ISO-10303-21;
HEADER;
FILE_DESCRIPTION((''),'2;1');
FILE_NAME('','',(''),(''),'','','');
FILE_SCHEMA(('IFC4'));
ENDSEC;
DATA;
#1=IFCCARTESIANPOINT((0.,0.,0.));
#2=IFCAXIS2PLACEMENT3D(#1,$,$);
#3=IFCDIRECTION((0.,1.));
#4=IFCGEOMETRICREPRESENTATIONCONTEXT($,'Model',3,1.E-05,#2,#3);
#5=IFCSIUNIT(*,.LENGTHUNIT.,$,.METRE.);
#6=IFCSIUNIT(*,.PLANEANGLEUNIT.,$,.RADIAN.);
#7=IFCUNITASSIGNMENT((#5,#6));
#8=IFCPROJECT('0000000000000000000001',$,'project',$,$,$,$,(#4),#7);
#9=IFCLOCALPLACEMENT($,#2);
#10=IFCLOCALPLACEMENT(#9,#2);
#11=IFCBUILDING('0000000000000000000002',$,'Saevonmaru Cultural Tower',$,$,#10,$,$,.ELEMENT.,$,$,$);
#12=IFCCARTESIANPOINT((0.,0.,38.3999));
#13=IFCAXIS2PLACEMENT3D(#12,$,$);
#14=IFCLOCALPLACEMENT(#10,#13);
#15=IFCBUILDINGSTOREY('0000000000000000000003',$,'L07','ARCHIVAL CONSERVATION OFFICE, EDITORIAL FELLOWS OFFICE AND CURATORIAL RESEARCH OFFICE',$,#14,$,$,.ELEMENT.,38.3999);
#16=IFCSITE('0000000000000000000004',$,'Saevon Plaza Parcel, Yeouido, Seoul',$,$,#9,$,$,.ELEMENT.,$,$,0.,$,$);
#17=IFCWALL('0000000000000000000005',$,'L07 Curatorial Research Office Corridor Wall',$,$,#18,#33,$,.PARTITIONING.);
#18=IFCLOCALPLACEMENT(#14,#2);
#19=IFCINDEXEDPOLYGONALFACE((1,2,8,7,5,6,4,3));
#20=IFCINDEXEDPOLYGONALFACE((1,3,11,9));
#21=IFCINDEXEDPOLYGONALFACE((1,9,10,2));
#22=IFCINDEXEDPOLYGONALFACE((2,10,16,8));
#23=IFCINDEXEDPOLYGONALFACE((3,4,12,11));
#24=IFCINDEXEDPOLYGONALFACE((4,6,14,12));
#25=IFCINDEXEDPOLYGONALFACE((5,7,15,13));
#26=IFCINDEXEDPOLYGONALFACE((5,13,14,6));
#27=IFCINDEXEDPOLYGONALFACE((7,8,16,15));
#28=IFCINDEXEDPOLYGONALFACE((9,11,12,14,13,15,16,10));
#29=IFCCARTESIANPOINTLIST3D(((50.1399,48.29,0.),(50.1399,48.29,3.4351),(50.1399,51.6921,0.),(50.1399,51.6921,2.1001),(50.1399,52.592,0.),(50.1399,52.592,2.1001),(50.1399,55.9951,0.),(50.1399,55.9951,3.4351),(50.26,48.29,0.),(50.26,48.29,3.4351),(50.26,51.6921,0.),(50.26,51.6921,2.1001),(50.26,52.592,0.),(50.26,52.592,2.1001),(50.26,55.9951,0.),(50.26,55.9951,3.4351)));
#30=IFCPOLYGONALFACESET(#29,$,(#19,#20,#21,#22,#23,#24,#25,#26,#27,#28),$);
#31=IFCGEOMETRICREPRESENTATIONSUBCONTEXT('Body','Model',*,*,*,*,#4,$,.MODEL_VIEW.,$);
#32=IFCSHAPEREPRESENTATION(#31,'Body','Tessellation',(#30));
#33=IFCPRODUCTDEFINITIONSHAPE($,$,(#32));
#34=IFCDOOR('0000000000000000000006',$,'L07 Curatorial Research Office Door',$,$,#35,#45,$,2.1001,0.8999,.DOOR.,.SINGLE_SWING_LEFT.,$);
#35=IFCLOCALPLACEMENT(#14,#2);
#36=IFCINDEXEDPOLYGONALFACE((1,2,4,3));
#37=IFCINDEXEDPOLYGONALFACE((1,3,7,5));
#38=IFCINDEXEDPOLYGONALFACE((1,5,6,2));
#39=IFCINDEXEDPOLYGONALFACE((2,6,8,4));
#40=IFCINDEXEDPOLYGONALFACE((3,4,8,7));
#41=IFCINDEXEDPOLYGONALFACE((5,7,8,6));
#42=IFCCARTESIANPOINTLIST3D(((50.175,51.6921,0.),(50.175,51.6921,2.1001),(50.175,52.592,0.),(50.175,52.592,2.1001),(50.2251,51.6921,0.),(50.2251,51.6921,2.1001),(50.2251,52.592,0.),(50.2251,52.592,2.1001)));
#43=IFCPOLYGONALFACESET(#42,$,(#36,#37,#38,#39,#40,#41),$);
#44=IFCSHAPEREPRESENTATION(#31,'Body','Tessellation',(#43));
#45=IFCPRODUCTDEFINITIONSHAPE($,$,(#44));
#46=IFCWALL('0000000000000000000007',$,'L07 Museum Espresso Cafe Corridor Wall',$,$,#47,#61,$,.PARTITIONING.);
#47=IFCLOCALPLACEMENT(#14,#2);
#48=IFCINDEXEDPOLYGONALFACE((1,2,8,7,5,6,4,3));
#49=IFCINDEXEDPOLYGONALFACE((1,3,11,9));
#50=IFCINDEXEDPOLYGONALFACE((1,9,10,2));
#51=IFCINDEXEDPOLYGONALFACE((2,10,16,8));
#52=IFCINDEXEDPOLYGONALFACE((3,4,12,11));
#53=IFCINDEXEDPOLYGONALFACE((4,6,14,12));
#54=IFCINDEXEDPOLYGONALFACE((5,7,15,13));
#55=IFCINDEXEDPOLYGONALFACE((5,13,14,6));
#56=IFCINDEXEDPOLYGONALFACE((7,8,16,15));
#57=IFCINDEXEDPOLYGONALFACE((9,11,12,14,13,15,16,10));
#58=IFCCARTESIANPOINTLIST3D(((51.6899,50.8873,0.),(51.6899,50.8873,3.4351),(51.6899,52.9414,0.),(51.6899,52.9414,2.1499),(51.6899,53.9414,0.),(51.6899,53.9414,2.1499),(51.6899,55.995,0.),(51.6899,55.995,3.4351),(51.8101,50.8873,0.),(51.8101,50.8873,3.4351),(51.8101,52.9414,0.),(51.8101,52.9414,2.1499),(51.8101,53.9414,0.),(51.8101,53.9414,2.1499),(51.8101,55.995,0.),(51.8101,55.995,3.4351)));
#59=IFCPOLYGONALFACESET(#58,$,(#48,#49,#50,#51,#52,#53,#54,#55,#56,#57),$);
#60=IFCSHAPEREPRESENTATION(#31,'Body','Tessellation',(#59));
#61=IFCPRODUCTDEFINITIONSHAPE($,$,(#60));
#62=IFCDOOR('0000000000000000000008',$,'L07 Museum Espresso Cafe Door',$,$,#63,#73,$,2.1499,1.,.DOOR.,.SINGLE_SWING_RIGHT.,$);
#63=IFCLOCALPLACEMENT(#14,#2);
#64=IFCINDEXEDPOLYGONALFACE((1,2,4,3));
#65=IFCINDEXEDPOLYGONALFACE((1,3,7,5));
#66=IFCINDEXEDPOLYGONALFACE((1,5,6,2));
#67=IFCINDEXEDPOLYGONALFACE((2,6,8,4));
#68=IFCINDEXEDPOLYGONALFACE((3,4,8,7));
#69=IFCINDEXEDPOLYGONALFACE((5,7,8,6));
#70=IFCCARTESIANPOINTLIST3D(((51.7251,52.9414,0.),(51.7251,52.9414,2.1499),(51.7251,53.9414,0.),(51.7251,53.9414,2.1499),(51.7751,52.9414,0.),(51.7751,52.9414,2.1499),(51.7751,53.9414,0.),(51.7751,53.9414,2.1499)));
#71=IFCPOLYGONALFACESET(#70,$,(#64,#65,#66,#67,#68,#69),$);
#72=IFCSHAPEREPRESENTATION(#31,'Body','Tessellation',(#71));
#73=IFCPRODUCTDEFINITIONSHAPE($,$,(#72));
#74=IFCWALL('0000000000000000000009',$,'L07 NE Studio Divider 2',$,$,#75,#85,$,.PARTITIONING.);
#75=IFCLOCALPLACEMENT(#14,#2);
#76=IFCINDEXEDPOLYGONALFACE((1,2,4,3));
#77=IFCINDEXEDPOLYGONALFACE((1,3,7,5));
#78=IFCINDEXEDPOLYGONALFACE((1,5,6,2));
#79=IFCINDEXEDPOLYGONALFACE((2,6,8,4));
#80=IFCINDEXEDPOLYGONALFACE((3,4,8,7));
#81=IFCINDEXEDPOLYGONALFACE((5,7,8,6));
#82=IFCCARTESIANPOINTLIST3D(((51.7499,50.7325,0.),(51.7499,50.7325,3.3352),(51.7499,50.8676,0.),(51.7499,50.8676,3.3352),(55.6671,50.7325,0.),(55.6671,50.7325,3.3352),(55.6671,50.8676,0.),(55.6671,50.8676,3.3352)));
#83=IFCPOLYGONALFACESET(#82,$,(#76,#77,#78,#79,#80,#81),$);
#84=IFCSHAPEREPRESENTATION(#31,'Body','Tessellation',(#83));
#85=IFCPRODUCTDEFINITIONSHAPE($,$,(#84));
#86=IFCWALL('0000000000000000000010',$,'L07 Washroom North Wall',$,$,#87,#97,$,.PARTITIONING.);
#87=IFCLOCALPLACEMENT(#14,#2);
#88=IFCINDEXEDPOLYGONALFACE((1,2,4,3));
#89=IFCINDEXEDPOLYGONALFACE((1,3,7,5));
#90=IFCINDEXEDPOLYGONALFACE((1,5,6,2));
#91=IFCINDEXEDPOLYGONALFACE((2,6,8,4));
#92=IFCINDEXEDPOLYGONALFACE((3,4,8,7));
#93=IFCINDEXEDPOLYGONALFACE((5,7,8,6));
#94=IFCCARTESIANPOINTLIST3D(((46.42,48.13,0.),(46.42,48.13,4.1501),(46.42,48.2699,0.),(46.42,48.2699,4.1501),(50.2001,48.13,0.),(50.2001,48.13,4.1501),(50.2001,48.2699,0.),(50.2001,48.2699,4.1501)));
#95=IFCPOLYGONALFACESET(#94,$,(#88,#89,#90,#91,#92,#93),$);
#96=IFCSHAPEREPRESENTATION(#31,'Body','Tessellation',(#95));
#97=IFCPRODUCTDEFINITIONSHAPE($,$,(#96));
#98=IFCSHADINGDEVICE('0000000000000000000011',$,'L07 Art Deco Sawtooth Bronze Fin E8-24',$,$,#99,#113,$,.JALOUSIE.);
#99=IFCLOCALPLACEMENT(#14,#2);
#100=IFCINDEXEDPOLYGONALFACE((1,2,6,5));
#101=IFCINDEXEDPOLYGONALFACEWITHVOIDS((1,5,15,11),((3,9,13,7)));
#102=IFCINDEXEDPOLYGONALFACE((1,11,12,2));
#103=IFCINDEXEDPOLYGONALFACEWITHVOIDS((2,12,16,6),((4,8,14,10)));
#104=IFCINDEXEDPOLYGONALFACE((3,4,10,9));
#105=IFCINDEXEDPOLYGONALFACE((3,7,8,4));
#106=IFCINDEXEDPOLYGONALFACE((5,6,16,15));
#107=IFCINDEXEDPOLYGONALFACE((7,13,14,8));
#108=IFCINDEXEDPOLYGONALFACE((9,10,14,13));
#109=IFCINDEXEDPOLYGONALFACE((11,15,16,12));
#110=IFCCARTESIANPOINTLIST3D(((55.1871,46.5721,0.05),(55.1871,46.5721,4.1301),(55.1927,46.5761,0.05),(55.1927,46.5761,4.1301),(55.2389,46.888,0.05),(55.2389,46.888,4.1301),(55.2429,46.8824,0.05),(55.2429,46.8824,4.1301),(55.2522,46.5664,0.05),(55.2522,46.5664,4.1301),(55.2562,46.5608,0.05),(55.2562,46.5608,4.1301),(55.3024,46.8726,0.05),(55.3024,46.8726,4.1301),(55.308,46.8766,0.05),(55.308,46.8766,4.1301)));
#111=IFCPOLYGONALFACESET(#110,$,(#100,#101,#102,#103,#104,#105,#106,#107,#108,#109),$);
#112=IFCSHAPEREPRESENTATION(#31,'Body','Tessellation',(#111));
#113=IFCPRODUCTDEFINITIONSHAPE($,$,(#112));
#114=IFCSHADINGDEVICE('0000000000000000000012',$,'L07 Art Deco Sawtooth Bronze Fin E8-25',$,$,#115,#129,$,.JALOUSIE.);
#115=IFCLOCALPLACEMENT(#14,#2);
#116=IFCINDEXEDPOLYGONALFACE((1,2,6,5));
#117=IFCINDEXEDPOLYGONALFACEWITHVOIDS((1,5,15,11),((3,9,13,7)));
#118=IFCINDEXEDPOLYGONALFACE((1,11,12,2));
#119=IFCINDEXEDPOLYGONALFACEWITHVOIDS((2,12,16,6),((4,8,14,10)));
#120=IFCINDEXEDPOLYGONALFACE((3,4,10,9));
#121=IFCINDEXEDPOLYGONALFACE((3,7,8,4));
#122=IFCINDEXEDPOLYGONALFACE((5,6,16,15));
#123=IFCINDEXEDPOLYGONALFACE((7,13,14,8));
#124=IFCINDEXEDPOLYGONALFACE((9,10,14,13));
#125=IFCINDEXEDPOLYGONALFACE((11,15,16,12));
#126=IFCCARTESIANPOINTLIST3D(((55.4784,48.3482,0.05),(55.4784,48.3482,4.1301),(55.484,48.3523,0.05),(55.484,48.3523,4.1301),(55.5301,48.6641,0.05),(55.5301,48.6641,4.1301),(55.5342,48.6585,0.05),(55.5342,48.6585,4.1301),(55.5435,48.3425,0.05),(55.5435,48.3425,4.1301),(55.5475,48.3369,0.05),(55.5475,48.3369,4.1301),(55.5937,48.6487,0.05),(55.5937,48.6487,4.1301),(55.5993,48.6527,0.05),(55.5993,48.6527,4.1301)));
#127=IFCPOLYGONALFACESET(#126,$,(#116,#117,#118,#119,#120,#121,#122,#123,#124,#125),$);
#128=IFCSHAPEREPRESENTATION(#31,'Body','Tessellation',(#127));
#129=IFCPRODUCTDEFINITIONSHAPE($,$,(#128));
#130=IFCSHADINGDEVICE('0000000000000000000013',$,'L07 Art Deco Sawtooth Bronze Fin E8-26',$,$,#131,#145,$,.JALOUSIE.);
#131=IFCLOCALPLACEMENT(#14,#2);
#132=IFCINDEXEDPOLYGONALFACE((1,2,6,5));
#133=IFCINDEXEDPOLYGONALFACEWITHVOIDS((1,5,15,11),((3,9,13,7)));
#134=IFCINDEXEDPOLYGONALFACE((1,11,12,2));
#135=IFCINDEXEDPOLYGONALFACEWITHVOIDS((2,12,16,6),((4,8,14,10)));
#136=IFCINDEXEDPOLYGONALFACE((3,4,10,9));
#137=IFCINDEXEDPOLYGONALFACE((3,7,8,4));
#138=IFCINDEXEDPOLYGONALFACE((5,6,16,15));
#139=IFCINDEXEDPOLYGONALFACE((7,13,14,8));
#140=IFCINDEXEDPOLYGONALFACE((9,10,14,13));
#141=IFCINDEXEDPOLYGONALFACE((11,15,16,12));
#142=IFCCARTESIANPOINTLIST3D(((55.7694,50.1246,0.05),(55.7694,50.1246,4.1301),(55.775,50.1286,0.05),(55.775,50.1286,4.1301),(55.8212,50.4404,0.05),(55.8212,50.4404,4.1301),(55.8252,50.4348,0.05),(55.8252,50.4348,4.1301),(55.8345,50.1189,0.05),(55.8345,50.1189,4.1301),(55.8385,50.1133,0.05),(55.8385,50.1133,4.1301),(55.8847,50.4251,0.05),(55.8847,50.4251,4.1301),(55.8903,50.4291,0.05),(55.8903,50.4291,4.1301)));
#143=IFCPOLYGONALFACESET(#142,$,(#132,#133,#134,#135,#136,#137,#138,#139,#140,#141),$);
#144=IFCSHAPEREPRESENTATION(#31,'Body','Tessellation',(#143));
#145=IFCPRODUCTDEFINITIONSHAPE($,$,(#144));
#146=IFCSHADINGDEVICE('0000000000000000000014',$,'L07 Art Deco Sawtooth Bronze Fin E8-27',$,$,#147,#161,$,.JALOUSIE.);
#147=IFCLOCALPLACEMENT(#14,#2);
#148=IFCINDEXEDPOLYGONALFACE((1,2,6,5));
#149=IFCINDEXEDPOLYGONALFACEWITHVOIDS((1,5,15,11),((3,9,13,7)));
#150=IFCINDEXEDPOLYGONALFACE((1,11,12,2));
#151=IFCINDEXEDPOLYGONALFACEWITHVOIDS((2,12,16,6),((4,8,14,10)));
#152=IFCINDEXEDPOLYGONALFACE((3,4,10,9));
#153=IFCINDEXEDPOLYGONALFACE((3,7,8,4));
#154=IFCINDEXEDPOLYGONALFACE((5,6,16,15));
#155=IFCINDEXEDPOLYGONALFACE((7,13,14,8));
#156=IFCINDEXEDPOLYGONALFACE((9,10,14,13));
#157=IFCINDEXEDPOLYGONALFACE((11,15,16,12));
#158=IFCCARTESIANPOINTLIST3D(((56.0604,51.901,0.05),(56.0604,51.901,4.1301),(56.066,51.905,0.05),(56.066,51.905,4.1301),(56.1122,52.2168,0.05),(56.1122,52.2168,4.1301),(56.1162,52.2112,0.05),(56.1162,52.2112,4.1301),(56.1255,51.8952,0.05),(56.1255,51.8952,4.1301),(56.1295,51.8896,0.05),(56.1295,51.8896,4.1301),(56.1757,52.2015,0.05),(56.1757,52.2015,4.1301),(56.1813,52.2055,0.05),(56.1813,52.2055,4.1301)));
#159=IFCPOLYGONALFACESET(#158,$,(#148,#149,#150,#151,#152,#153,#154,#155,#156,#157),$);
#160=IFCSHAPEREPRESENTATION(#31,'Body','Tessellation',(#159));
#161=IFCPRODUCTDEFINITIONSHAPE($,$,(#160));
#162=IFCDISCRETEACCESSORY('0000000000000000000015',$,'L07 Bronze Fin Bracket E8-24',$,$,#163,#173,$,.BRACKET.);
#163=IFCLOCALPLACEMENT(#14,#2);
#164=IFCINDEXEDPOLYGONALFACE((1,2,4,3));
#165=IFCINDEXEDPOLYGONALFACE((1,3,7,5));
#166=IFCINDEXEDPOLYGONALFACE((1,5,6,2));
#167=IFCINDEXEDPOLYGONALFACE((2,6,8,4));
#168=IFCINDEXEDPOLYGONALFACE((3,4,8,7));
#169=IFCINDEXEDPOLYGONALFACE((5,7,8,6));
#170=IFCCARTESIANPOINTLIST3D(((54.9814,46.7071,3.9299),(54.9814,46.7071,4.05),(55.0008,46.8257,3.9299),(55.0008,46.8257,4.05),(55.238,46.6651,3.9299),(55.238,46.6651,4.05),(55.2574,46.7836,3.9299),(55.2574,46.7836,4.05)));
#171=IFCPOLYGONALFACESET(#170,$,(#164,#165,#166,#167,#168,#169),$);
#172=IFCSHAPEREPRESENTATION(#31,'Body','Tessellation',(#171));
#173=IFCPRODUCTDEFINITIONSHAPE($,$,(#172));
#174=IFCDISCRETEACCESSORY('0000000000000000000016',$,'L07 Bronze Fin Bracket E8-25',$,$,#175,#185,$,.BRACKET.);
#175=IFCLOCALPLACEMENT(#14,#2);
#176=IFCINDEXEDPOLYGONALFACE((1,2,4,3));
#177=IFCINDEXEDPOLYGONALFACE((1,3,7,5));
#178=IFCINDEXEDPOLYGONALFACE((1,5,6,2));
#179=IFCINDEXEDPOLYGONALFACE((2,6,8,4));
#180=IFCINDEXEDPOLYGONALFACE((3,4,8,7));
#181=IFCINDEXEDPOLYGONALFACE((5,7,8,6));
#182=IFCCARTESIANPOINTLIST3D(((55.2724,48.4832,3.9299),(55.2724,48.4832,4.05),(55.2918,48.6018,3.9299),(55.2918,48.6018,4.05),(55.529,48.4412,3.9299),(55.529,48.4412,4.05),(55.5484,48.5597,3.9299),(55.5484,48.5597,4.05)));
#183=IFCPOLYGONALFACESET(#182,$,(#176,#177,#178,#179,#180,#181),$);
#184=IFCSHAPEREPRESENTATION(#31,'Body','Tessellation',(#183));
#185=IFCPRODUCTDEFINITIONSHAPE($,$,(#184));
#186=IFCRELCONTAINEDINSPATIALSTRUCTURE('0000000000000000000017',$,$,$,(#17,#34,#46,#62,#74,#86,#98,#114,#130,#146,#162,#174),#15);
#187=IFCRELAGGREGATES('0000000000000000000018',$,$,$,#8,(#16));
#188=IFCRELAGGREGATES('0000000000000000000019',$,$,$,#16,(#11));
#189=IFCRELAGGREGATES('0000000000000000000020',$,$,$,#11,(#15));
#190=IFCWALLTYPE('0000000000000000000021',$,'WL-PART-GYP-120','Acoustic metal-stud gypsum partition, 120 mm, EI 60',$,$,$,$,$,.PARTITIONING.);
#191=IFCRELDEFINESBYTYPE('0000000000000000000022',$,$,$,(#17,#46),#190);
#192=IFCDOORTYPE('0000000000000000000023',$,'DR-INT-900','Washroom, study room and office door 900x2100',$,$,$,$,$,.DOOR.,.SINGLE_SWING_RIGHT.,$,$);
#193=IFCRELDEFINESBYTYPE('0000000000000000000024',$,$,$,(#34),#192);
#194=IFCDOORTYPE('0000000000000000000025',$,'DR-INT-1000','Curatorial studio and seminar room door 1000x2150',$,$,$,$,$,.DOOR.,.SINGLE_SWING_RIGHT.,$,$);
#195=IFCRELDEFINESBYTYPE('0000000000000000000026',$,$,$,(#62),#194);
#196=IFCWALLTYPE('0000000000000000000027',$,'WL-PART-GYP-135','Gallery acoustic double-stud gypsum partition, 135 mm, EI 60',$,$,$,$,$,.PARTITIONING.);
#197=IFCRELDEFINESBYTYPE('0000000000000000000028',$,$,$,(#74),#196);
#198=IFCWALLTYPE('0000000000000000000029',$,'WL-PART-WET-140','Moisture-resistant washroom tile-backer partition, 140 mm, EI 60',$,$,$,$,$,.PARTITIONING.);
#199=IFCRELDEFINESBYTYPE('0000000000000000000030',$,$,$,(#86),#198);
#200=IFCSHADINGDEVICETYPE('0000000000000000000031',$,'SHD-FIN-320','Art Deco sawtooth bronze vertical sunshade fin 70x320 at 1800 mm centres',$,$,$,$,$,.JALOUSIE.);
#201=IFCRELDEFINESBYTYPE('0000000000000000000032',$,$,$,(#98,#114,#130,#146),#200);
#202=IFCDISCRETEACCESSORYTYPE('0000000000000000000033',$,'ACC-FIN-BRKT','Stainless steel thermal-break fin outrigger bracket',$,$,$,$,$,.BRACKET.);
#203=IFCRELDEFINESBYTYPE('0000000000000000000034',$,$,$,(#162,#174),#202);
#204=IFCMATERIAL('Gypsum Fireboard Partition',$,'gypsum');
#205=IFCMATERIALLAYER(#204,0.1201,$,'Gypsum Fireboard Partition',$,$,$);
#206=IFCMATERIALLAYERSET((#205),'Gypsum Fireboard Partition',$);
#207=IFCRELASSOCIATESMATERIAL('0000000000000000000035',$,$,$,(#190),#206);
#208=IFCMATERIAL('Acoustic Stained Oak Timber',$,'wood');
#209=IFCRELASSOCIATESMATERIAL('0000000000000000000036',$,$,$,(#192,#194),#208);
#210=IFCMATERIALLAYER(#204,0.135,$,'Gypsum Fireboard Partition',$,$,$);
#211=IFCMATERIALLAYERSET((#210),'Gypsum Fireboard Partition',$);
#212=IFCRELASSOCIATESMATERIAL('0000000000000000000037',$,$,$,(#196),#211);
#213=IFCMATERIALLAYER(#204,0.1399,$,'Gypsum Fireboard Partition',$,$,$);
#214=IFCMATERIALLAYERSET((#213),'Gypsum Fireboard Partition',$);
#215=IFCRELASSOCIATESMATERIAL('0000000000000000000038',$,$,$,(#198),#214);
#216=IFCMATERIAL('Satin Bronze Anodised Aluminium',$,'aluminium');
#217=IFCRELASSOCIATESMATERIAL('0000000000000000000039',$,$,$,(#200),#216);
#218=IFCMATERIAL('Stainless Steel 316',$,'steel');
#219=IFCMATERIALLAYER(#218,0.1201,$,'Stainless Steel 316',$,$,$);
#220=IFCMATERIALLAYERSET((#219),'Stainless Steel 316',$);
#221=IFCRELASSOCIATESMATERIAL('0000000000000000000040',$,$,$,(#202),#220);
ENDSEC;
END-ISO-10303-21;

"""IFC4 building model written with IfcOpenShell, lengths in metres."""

from ifc_helpers import new_model, si_unit, direction, frame, frame_2d, origin, origin_2d, place, context, subcontext, project, spatial, rectangle, hollow_rectangle, extrude, material, layer, layer_set, material_profile, profile_set, type_object, element, fill, save


model = new_model("IFC4")

# Units and contexts
model_context = context("Model", 3, precision=1e-05, world=origin(), true_north=direction((0.0, 1.0)))
body_context = subcontext(model_context, "Body", "Model", "MODEL_VIEW")
ifc_project = project(units=[si_unit("LENGTHUNIT", "METRE"), si_unit("PLANEANGLEUNIT", "RADIAN")], contexts=[model_context])

# Site, building, storey
site_placement = place(None, origin())
site = spatial("IfcSite", under=ifc_project, at=site_placement, Name="Saevon Plaza Parcel, Yeouido, Seoul", CompositionType="ELEMENT", RefElevation=0.0)
building_placement = place(site_placement, origin())
building = spatial("IfcBuilding", under=site, at=building_placement, Name="Saevonmaru Cultural Tower", CompositionType="ELEMENT")
storey_placement = place(building_placement, frame((0.0, 0.0, 38.3999)))
storey = spatial("IfcBuildingStorey", under=building, at=storey_placement, Name="L07", Description="ARCHIVAL CONSERVATION OFFICE, EDITORIAL FELLOWS OFFICE AND CURATORIAL RESEARCH OFFICE", CompositionType="ELEMENT", Elevation=38.3999)

# Shared definitions
ifc_material_1 = material(Name="Satin Bronze Anodised Aluminium", Category="aluminium")

# Walls, openings, doors
ifc_material_2 = material(Name="Gypsum Fireboard Partition", Category="gypsum")
ifc_layer_1 = layer(ifc_material_2, 0.1201, Name="Gypsum Fireboard Partition")
ifc_layer_set_1 = layer_set([ifc_layer_1], Name="Gypsum Fireboard Partition")
wall_type_1 = type_object("IfcWallType", Name="WL-PART-GYP-120", Description="Acoustic metal-stud gypsum partition, 120 mm, EI 60", PredefinedType="PARTITIONING", material=ifc_layer_set_1)
wall_1_placement = place(storey_placement, frame((50.2, 48.29, 0.0), z_axis=(0.0, 0.0, 1.0), x_axis=(0.0, 1.0, 0.0)))
wall_1 = element("IfcWall", 1, at=wall_1_placement, inside=storey, type_object=wall_type_1, Name="L07 Curatorial Research Office Corridor Wall", PredefinedType="PARTITIONING", context=body_context, shape_type="SweptSolid", body=[
    extrude(rectangle(XDim=7.7051, YDim=0.1201, at=frame_2d((3.8525, 0.0))), origin(), (0.0, 0.0, 1.0), 3.4351),
])
opening_1_placement = place(wall_1_placement, frame((3.4021, 0.0, 0.0)))
opening_1 = element("IfcOpeningElement", 2, at=opening_1_placement, cuts=wall_1, PredefinedType="OPENING", context=body_context, shape_type="SweptSolid", body=[
    extrude(rectangle(XDim=0.8999, YDim=2.1001, at=frame_2d((0.45, 1.05))), frame((0.0, 0.0701, 0.0), z_axis=(0.0, -1.0, 0.0), x_axis=(1.0, 0.0, 0.0)), (0.0, 0.0, 1.0), 0.1401),
])
ifc_material_3 = material(Name="Acoustic Stained Oak Timber", Category="wood")
door_type_1 = type_object("IfcDoorType", Name="DR-INT-900", Description="Washroom, study room and office door 900x2100", OperationType="SINGLE_SWING_RIGHT", PredefinedType="DOOR", material=ifc_material_3)
door_1_placement = place(opening_1_placement, origin())
door_1 = element("IfcDoor", 3, at=door_1_placement, inside=storey, type_object=door_type_1, Name="L07 Curatorial Research Office Door", OperationType="SINGLE_SWING_LEFT", OverallHeight=2.1001, OverallWidth=0.8999, PredefinedType="DOOR", context=body_context, shape_type="SweptSolid", body=[
    extrude(rectangle(XDim=0.8999, YDim=2.1001, at=frame_2d((0.45, 1.05))), frame((0.0, 0.0249, 0.0), z_axis=(0.0, -1.0, 0.0), x_axis=(1.0, 0.0, 0.0)), (0.0, 0.0, 1.0), 0.05),
])
fill(opening_1, door_1)
wall_2_placement = place(storey_placement, frame((51.75, 50.8875, 0.0), z_axis=(0.0, 0.0, 1.0), x_axis=(0.0, 1.0, 0.0)))
wall_2 = element("IfcWall", 4, at=wall_2_placement, inside=storey, type_object=wall_type_1, Name="L07 Museum Espresso Cafe Corridor Wall", PredefinedType="PARTITIONING", context=body_context, shape_type="SweptSolid", body=[
    extrude(rectangle(XDim=5.1077, YDim=0.1201, at=frame_2d((2.5537, 0.0))), origin(), (0.0, 0.0, 1.0), 3.4351),
])
opening_2_placement = place(wall_2_placement, frame((2.054, 0.0, 0.0)))
opening_2 = element("IfcOpeningElement", 5, at=opening_2_placement, cuts=wall_2, PredefinedType="OPENING", context=body_context, shape_type="SweptSolid", body=[
    extrude(rectangle(XDim=1.0, YDim=2.1499, at=frame_2d((0.5, 1.075))), frame((0.0, 0.0701, 0.0), z_axis=(0.0, -1.0, 0.0), x_axis=(1.0, 0.0, 0.0)), (0.0, 0.0, 1.0), 0.1401),
])
door_type_2 = type_object("IfcDoorType", Name="DR-INT-1000", Description="Curatorial studio and seminar room door 1000x2150", OperationType="SINGLE_SWING_RIGHT", PredefinedType="DOOR", material=ifc_material_3)
door_2_placement = place(opening_2_placement, origin())
door_2 = element("IfcDoor", 6, at=door_2_placement, inside=storey, type_object=door_type_2, Name="L07 Museum Espresso Cafe Door", OperationType="SINGLE_SWING_RIGHT", OverallHeight=2.1499, OverallWidth=1.0, PredefinedType="DOOR", context=body_context, shape_type="SweptSolid", body=[
    extrude(rectangle(XDim=1.0, YDim=2.1499, at=frame_2d((0.5, 1.075))), frame((0.0, 0.0249, 0.0), z_axis=(0.0, -1.0, 0.0), x_axis=(1.0, 0.0, 0.0)), (0.0, 0.0, 1.0), 0.05),
])
fill(opening_2, door_2)

# Walls
ifc_layer_2 = layer(ifc_material_2, 0.135, Name="Gypsum Fireboard Partition")
ifc_layer_set_2 = layer_set([ifc_layer_2], Name="Gypsum Fireboard Partition")
wall_type_2 = type_object("IfcWallType", Name="WL-PART-GYP-135", Description="Gallery acoustic double-stud gypsum partition, 135 mm, EI 60", PredefinedType="PARTITIONING", material=ifc_layer_set_2)
wall_3_placement = place(storey_placement, frame((51.75, 50.8, 0.0), z_axis=(0.0, 0.0, 1.0), x_axis=(1.0, 0.0, 0.0)))
element("IfcWall", 7, at=wall_3_placement, inside=storey, type_object=wall_type_2, Name="L07 NE Studio Divider 2", PredefinedType="PARTITIONING", context=body_context, shape_type="SweptSolid", body=[
    extrude(rectangle(XDim=3.9172, YDim=0.135, at=frame_2d((1.9585, 0.0))), origin(), (0.0, 0.0, 1.0), 3.3352),
])
ifc_layer_3 = layer(ifc_material_2, 0.1399, Name="Gypsum Fireboard Partition")
ifc_layer_set_3 = layer_set([ifc_layer_3], Name="Gypsum Fireboard Partition")
wall_type_3 = type_object("IfcWallType", Name="WL-PART-WET-140", Description="Moisture-resistant washroom tile-backer partition, 140 mm, EI 60", PredefinedType="PARTITIONING", material=ifc_layer_set_3)
wall_4_placement = place(storey_placement, frame((46.4199, 48.2, 0.0), z_axis=(0.0, 0.0, 1.0), x_axis=(1.0, 0.0, 0.0)))
element("IfcWall", 8, at=wall_4_placement, inside=storey, type_object=wall_type_3, Name="L07 Washroom North Wall", PredefinedType="PARTITIONING", context=body_context, shape_type="SweptSolid", body=[
    extrude(rectangle(XDim=3.78, YDim=0.1399, at=frame_2d((1.8901, 0.0))), origin(), (0.0, 0.0, 1.0), 4.1501),
])

# Shading devices
ifc_material_profile_1 = material_profile(ifc_material_1, hollow_rectangle(XDim=0.0701, YDim=0.3201, WallThickness=0.0049, at=origin_2d()), Name="FIN-320x70")
ifc_profile_set_1 = profile_set([ifc_material_profile_1], Name="Satin Bronze Anodised Aluminium")
shading_device_type = type_object("IfcShadingDeviceType", Name="SHD-FIN-320", Description="Art Deco sawtooth bronze vertical sunshade fin 70x320 at 1800 mm centres", PredefinedType="JALOUSIE", material=ifc_profile_set_1)
for number, where, z_axis, x_axis, name in (
    (9, (55.2476, 46.7244, 0.05), (0.0, 0.0, 1.0), (0.986827, -0.161776, 0.0), "L07 Art Deco Sawtooth Bronze Fin E8-24"),
    (10, (55.5388, 48.5005, 0.05), (0.0, 0.0, 1.0), (0.986827, -0.161776, 0.0), "L07 Art Deco Sawtooth Bronze Fin E8-25"),
    (11, (55.8298, 50.2769, 0.05), (0.0, 0.0, 1.0), (0.986827, -0.161776, 0.0), "L07 Art Deco Sawtooth Bronze Fin E8-26"),
    (12, (56.1208, 52.0532, 0.05), (0.0, 0.0, 1.0), (0.986827, -0.161776, 0.0), "L07 Art Deco Sawtooth Bronze Fin E8-27"),
):
    element("IfcShadingDevice", number, at=place(storey_placement, frame(where, z_axis=z_axis, x_axis=x_axis)), inside=storey, type_object=shading_device_type, Name=name, PredefinedType="JALOUSIE", context=body_context, shape_type="SweptSolid", body=[
        extrude(hollow_rectangle(XDim=0.0701, YDim=0.3201, WallThickness=0.0049, at=origin_2d()), origin(), (0.0, 0.0, 1.0), 4.0801),
    ])

# Discrete accessories
ifc_material_4 = material(Name="Stainless Steel 316", Category="steel")
ifc_layer_4 = layer(ifc_material_4, 0.1201, Name="Stainless Steel 316")
ifc_layer_set_4 = layer_set([ifc_layer_4], Name="Stainless Steel 316")
discrete_accessory_type = type_object("IfcDiscreteAccessoryType", Name="ACC-FIN-BRKT", Description="Stainless steel thermal-break fin outrigger bracket", PredefinedType="BRACKET", material=ifc_layer_set_4)
for number, where, z_axis, x_axis, name in (
    (13, (55.1194, 46.7454, 3.9299), (0.0, 0.0, 1.0), (0.986827, -0.161776, 0.0), "L07 Bronze Fin Bracket E8-24"),
    (14, (55.4104, 48.5215, 3.9299), (0.0, 0.0, 1.0), (0.986827, -0.161776, 0.0), "L07 Bronze Fin Bracket E8-25"),
):
    element("IfcDiscreteAccessory", number, at=place(storey_placement, frame(where, z_axis=z_axis, x_axis=x_axis)), inside=storey, type_object=discrete_accessory_type, Name=name, PredefinedType="BRACKET", context=body_context, shape_type="SweptSolid", body=[
        extrude(rectangle(XDim=0.26, YDim=0.1201, at=origin_2d()), origin(), (0.0, 0.0, 1.0), 0.1201),
    ])

save(model, "model.ifc")
